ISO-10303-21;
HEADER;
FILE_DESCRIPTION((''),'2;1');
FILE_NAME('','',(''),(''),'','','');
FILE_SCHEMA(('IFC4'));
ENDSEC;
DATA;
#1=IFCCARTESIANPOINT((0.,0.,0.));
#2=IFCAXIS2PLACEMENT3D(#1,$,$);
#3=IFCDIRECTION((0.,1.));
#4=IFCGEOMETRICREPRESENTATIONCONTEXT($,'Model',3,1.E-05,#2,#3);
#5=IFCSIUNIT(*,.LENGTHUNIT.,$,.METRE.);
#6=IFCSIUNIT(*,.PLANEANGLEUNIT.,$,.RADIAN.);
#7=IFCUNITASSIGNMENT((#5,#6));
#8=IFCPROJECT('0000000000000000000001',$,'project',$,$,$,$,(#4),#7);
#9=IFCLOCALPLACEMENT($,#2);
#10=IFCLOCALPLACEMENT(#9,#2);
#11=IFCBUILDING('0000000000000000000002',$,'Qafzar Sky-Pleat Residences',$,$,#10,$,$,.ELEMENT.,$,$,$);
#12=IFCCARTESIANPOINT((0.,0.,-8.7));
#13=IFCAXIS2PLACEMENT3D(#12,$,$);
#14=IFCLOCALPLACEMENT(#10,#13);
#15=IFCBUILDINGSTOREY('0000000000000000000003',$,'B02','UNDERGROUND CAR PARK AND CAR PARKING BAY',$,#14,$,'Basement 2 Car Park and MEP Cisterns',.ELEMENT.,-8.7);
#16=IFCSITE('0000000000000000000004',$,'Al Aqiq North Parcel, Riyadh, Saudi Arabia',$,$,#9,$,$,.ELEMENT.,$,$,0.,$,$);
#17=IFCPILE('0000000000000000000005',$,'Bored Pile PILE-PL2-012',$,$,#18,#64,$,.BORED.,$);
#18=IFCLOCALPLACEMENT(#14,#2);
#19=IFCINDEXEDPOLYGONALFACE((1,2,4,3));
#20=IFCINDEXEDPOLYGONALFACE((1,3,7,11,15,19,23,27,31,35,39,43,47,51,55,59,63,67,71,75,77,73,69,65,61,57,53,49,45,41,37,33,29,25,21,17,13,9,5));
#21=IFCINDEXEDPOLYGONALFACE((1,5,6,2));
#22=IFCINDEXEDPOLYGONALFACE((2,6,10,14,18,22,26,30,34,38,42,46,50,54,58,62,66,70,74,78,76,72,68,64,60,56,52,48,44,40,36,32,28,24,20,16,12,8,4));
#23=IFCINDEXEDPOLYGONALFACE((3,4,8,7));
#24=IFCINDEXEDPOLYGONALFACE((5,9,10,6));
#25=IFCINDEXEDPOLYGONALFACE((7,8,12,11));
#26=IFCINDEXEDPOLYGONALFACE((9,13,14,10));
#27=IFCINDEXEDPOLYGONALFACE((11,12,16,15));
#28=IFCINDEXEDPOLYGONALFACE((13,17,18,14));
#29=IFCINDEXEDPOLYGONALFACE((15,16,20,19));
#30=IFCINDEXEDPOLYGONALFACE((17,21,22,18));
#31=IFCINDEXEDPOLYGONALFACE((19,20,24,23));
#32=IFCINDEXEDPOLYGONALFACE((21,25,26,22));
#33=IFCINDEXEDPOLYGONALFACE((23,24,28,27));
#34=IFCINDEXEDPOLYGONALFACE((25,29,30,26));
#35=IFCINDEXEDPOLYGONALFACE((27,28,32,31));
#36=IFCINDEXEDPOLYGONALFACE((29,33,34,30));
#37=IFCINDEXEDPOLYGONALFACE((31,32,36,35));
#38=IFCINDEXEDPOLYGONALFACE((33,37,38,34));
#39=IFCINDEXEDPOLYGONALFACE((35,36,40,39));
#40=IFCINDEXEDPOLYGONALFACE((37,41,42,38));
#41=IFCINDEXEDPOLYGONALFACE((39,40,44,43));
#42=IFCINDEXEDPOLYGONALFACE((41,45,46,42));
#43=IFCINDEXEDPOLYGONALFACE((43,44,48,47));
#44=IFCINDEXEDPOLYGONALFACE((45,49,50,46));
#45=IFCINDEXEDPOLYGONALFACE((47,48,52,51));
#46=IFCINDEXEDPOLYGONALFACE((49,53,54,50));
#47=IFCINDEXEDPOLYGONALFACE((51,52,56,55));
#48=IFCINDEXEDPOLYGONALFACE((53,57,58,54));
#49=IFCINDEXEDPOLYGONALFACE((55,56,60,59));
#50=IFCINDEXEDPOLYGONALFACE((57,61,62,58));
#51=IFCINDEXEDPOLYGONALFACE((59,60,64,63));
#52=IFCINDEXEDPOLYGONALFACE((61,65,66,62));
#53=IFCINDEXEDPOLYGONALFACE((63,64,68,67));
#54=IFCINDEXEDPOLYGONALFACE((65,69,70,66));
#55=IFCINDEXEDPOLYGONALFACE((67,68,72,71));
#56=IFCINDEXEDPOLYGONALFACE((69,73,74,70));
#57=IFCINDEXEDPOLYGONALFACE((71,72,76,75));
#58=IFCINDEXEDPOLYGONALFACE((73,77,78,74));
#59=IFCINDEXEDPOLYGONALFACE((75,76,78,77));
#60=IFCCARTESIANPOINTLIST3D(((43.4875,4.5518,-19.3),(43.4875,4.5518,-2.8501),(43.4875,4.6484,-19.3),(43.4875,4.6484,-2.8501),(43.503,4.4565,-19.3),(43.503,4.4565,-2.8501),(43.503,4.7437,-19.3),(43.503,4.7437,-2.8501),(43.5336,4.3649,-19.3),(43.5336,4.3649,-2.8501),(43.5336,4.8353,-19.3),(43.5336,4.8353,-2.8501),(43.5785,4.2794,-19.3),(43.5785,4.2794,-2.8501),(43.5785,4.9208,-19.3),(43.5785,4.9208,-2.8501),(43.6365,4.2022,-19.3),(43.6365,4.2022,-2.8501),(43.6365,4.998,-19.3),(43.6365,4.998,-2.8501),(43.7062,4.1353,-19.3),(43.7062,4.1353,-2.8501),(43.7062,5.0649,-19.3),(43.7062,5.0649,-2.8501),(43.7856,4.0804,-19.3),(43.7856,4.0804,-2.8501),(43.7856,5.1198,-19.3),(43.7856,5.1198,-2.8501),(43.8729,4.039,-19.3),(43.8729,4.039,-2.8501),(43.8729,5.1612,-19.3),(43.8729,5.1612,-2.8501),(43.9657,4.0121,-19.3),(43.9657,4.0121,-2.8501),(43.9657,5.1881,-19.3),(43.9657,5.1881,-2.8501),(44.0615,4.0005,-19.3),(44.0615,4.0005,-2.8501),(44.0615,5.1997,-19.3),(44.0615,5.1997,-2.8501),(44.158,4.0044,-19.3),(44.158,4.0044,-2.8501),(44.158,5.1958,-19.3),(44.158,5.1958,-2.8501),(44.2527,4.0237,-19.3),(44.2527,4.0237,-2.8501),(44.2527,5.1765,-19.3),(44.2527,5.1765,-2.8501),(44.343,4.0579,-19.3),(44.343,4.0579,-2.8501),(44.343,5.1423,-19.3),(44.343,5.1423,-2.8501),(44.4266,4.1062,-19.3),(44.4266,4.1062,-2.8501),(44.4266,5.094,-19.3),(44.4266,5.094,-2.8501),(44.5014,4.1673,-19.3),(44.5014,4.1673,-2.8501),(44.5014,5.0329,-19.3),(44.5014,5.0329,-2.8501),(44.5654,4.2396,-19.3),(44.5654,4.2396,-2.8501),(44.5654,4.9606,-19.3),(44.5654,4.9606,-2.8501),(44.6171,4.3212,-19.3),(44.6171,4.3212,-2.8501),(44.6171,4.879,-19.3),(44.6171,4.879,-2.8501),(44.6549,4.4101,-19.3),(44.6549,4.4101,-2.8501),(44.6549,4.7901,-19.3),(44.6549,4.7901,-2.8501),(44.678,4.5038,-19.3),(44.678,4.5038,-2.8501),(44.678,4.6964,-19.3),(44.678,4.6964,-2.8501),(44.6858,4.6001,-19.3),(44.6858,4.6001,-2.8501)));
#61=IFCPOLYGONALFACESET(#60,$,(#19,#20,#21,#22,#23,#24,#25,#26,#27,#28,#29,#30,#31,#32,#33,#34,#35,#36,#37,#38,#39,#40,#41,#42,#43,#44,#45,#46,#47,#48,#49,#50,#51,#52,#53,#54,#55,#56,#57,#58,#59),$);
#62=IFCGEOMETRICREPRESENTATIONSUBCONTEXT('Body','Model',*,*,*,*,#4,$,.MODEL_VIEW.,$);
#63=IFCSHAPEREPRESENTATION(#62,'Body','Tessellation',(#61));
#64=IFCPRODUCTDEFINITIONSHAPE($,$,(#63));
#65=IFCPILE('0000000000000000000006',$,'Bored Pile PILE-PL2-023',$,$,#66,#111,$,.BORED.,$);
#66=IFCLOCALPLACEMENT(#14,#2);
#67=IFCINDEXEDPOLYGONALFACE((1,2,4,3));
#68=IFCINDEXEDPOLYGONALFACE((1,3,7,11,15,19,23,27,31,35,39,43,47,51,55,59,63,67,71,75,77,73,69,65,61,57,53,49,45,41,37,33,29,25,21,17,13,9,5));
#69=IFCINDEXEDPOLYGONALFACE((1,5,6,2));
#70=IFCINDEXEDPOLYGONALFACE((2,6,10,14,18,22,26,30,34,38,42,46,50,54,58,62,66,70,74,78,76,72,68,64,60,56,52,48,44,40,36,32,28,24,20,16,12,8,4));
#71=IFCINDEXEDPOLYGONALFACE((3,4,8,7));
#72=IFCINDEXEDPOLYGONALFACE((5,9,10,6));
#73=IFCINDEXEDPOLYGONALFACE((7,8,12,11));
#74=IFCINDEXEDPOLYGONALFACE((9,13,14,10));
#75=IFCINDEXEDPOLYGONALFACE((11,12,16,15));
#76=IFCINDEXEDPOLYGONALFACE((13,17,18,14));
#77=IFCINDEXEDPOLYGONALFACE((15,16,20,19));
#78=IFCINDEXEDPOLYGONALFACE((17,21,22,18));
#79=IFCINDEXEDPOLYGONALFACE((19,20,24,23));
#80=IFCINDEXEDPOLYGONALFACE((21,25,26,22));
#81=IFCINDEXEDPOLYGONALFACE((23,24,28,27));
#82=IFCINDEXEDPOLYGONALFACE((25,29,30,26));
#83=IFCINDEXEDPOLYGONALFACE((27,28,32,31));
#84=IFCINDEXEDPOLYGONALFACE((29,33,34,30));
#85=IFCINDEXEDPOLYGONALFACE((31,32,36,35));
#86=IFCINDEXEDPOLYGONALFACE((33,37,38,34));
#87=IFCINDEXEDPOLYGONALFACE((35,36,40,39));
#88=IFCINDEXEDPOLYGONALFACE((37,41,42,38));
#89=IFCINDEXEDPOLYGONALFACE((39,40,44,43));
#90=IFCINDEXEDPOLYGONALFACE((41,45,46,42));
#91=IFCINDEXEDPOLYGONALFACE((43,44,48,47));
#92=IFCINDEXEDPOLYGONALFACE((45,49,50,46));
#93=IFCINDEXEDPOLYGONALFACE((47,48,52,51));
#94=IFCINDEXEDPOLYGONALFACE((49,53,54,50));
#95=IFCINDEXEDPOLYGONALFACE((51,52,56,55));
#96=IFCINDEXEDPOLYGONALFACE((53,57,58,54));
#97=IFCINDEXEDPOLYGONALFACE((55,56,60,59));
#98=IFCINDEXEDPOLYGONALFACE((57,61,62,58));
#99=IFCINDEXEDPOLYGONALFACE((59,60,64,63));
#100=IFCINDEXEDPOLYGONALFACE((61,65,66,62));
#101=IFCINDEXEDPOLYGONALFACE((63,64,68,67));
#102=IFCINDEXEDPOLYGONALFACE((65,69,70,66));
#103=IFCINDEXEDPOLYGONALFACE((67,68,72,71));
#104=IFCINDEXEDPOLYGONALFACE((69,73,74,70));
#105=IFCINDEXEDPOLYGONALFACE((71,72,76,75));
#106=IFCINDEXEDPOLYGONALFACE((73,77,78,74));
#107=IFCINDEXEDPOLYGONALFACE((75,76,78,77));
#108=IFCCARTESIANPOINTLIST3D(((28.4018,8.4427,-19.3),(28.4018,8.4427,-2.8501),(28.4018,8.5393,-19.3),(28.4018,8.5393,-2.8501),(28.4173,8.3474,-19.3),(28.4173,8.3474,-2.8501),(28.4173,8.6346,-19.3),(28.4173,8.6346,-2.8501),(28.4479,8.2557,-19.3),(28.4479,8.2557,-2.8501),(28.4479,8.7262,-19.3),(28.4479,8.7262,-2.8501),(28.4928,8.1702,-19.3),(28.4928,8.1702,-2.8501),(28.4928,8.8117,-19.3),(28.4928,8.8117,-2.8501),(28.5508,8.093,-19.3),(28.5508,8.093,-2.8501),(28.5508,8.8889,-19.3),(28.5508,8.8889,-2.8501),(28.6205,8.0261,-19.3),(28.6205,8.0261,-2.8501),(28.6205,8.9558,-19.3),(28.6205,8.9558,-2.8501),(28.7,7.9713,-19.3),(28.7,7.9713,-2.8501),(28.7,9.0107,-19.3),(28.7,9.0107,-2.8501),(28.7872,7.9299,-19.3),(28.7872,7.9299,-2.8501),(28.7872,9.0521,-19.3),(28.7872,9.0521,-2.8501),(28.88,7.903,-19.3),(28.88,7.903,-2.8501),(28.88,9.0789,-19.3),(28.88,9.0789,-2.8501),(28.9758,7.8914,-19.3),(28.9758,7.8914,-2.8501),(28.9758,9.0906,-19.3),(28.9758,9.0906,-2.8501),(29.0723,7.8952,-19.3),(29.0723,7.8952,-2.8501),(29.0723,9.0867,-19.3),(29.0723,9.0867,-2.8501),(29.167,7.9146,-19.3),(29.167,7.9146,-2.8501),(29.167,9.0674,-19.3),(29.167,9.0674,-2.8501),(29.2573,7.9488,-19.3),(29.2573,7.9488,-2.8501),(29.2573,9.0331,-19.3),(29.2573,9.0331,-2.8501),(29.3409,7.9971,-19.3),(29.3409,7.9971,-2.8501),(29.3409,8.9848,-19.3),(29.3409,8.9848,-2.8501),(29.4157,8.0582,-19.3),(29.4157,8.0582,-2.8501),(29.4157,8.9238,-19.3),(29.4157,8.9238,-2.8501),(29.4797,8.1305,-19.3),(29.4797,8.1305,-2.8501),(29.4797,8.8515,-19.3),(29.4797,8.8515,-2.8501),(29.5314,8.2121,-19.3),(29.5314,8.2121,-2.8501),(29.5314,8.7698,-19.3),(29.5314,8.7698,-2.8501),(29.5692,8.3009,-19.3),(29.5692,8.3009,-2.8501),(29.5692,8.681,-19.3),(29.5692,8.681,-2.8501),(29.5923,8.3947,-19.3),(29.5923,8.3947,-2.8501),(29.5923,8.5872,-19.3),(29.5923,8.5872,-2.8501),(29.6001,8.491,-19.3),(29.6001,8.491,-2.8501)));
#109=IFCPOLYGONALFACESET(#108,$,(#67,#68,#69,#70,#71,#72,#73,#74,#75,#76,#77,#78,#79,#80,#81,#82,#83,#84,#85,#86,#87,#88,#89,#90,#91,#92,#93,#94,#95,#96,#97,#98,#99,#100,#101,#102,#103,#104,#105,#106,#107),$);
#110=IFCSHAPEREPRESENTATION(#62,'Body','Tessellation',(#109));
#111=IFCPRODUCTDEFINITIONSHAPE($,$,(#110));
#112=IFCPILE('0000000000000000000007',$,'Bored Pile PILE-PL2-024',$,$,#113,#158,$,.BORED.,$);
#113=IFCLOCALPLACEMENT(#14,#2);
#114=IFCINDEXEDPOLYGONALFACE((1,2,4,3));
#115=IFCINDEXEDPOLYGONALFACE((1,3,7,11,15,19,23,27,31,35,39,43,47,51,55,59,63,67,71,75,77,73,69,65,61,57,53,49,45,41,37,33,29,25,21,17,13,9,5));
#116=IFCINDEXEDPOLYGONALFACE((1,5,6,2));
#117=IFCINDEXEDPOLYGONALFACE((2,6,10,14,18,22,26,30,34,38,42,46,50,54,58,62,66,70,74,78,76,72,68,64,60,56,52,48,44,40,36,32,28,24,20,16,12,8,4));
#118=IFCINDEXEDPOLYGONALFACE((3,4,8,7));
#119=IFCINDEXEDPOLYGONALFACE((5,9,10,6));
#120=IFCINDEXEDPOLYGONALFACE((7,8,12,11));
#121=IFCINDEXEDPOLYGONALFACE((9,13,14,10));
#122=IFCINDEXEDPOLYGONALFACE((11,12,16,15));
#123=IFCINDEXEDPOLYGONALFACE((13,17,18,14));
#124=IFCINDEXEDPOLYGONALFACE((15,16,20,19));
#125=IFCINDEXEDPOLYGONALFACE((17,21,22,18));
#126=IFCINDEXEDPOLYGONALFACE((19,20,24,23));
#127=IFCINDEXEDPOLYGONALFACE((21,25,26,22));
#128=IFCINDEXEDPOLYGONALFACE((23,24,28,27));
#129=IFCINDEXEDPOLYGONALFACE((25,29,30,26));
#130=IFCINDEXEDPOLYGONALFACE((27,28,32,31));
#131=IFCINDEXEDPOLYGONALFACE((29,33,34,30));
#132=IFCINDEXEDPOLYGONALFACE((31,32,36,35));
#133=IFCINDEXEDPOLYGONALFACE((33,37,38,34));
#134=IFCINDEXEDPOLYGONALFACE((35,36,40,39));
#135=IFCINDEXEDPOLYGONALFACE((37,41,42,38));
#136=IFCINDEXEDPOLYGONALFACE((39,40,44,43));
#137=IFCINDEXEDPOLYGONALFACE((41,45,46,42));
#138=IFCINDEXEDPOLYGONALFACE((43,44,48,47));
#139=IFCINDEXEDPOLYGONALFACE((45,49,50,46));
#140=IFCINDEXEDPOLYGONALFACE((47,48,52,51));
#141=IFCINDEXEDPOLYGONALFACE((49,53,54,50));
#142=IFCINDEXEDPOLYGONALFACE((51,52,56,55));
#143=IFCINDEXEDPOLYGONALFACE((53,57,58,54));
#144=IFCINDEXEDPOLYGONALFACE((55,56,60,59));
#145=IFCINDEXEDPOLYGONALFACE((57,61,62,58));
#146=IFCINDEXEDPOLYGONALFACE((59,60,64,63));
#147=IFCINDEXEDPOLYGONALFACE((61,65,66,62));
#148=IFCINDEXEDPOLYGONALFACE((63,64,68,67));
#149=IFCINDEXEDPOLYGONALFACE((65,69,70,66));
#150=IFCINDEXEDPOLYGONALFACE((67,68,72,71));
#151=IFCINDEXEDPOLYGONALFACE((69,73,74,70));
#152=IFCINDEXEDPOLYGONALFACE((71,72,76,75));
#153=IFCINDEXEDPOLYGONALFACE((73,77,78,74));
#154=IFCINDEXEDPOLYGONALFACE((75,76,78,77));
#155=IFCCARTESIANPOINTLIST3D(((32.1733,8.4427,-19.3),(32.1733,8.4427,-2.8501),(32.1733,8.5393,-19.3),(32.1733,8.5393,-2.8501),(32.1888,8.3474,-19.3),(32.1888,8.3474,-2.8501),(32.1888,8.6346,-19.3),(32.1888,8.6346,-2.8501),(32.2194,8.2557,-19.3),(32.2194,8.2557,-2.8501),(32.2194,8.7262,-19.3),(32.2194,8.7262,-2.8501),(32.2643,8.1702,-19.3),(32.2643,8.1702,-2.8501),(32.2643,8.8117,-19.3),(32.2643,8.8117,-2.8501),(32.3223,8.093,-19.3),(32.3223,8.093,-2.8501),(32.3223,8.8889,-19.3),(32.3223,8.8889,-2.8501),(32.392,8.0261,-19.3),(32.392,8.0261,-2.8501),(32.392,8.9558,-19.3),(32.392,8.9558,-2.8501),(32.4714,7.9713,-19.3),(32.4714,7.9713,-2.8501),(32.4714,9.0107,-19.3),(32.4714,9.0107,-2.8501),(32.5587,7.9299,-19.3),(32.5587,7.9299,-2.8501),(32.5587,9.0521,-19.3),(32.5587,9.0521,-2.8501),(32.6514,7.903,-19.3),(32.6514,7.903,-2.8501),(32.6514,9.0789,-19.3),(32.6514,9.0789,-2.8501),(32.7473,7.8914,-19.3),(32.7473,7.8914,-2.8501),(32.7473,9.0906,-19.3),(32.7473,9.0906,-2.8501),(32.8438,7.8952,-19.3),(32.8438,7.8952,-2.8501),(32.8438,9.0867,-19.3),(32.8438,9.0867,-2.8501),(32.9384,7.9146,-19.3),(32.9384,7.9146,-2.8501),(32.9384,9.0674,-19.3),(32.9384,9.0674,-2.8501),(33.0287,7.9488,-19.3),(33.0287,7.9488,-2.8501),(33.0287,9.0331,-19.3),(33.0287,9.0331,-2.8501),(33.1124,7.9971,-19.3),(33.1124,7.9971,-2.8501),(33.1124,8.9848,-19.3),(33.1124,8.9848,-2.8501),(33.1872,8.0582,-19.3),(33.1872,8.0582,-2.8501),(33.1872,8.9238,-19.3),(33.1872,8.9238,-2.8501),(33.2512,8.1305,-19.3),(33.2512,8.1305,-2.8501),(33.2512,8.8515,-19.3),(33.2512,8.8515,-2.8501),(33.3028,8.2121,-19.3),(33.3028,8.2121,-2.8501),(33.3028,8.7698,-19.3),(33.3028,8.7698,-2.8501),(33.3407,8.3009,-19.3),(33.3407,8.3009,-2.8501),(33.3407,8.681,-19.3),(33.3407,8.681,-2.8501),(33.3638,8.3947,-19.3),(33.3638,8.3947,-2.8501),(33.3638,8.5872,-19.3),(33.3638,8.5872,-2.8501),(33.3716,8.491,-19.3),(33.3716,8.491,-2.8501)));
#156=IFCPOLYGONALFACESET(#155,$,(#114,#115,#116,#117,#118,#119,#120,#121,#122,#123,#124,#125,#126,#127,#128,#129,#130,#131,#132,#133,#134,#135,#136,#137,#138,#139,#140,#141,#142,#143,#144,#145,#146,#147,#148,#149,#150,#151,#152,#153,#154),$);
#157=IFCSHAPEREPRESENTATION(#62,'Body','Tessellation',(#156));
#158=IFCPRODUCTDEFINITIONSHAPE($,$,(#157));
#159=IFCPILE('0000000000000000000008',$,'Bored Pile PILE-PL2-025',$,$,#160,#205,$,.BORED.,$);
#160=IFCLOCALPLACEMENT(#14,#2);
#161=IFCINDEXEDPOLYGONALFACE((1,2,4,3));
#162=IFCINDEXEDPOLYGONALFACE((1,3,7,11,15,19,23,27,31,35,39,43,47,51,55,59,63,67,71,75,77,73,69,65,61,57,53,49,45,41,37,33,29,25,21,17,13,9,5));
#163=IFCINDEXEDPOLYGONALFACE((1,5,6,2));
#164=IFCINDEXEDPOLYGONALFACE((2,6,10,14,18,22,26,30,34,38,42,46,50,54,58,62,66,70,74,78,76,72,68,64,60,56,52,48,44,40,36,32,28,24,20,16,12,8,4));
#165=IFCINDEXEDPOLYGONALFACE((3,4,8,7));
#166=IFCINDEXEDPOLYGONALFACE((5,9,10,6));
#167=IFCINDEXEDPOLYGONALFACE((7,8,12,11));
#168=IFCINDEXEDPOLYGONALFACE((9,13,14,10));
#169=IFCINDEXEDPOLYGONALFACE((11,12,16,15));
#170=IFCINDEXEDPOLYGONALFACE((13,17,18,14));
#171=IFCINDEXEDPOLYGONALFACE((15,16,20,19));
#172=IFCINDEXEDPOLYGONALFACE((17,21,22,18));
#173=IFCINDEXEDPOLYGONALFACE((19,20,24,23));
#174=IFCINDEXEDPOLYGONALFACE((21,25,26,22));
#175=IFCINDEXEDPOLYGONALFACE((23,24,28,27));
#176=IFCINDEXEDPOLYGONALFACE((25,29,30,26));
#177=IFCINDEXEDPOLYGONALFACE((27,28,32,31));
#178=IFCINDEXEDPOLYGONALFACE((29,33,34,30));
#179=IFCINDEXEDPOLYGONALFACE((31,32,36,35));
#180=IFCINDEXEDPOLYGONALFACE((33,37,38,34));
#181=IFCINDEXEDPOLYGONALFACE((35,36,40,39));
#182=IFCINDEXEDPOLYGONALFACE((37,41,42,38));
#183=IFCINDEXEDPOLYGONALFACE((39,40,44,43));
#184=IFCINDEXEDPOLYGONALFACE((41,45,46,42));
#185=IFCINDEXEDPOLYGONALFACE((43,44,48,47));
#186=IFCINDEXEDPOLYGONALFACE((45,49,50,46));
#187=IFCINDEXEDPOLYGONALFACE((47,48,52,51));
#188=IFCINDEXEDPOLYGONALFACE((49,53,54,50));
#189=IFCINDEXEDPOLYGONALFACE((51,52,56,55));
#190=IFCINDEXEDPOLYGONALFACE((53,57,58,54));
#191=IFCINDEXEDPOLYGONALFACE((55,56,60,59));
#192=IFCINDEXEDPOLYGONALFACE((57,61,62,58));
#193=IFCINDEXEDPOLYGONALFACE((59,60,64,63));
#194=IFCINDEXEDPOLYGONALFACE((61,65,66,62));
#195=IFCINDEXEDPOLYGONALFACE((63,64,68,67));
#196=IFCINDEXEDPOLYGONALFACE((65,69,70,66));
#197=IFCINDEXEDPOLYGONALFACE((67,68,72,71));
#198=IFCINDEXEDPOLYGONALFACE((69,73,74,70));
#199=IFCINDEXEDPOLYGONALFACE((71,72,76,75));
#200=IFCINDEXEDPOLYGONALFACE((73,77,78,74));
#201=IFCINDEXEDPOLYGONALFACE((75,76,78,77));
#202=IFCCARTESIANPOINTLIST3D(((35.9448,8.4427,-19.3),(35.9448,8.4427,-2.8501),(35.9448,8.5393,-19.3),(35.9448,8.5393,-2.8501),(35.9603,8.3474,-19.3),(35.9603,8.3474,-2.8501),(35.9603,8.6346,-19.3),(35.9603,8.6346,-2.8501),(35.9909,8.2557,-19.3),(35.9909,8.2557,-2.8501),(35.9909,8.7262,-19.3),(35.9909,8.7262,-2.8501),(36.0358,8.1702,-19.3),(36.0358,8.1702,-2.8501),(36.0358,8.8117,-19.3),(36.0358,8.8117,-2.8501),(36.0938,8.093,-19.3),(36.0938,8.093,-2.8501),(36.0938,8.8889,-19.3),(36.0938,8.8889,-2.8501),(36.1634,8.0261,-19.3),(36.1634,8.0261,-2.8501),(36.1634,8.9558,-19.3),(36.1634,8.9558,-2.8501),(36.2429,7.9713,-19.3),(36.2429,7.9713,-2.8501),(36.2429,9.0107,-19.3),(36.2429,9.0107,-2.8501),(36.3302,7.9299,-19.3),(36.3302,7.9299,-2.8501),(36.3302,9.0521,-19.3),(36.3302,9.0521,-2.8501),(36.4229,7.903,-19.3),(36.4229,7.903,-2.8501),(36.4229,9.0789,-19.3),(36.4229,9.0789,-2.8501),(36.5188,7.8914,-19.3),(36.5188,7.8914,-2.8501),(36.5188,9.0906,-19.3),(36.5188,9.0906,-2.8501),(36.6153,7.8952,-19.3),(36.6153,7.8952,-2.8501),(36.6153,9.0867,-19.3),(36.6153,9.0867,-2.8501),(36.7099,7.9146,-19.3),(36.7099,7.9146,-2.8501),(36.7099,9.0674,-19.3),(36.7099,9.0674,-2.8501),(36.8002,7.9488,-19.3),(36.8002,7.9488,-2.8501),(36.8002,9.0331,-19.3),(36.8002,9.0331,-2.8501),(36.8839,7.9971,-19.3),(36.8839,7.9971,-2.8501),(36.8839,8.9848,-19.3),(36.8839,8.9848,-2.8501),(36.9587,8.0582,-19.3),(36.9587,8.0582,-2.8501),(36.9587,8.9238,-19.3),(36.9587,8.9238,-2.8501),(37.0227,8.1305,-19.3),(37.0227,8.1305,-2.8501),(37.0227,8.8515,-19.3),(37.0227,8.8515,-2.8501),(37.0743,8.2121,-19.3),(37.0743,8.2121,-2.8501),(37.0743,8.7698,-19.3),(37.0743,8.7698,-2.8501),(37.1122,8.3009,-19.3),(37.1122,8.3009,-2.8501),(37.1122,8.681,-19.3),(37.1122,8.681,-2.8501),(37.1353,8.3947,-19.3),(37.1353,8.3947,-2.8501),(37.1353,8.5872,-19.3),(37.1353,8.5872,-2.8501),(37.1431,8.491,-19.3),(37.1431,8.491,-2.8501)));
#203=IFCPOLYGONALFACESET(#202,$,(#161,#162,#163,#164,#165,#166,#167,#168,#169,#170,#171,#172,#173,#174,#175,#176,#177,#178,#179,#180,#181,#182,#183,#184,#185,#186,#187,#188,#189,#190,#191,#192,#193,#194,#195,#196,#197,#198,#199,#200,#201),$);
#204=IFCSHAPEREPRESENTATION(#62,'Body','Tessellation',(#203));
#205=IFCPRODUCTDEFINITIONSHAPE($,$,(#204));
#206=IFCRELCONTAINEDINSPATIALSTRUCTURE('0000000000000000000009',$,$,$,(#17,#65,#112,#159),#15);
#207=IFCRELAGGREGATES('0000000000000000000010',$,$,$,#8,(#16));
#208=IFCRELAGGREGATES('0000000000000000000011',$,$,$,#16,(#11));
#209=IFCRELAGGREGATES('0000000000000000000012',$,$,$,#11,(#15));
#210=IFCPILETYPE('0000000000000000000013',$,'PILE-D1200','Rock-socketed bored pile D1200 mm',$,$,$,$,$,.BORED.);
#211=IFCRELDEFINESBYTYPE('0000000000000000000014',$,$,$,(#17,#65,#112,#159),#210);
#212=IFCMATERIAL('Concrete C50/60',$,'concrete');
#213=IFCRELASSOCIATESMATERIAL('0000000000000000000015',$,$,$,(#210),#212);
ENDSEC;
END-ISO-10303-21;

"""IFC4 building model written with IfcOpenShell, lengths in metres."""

from ifc_helpers import new_model, si_unit, direction, frame, origin, origin_2d, place, context, subcontext, project, spatial, circle, extrude, source, transform, mapped, material, material_profile, profile_set, type_object, element, save


model = new_model("IFC4")

# Units and contexts
model_context = context("Model", 3, precision=1e-05, world=origin(), true_north=direction((0.0, 1.0)))
body_context = subcontext(model_context, "Body", "Model", "MODEL_VIEW")
ifc_project = project(units=[si_unit("LENGTHUNIT", "METRE"), si_unit("PLANEANGLEUNIT", "RADIAN")], contexts=[model_context])

# Site, building, storey
site_placement = place(None, origin())
site = spatial("IfcSite", under=ifc_project, at=site_placement, Name="Al Aqiq North Parcel, Riyadh, Saudi Arabia", CompositionType="ELEMENT", RefElevation=0.0)
building_placement = place(site_placement, origin())
building = spatial("IfcBuilding", under=site, at=building_placement, Name="Qafzar Sky-Pleat Residences", CompositionType="ELEMENT")
storey_placement = place(building_placement, frame((0.0, 0.0, -8.7)))
storey = spatial("IfcBuildingStorey", under=building, at=storey_placement, Name="B02", Description="UNDERGROUND CAR PARK AND CAR PARKING BAY", LongName="Basement 2 Car Park and MEP Cisterns", CompositionType="ELEMENT", Elevation=-8.7)

# Piles
ifc_material_1 = material(Name="Concrete C50/60", Category="concrete")
ifc_material_profile_1 = material_profile(ifc_material_1, circle(Radius=0.6001, at=origin_2d()), Name="PILE D1200")
ifc_profile_set_1 = profile_set([ifc_material_profile_1], Name="Concrete C50/60")
pile_type_1 = type_object("IfcPileType", Name="PILE-D1200", Description="Rock-socketed bored pile D1200 mm", PredefinedType="BORED", material=ifc_profile_set_1)
shared_shape_1 = source(origin(), body_context, "Body", "SweptSolid", [
    extrude(circle(Radius=0.6001, at=origin_2d()), origin(), (0.0, 0.0, 1.0), 16.45),
])
for number, where, z_axis, x_axis, name in (
    (1, (44.0857, 4.6001, -2.8501), (0.0, 0.0, -1.0), (1.0, 0.0, 0.0), "Bored Pile PILE-PL2-012"),
    (2, (29.0, 8.491, -2.8501), (0.0, 0.0, -1.0), (1.0, 0.0, 0.0), "Bored Pile PILE-PL2-023"),
    (3, (32.7715, 8.491, -2.8501), (0.0, 0.0, -1.0), (1.0, 0.0, 0.0), "Bored Pile PILE-PL2-024"),
    (4, (36.543, 8.491, -2.8501), (0.0, 0.0, -1.0), (1.0, 0.0, 0.0), "Bored Pile PILE-PL2-025"),
):
    element("IfcPile", number, at=place(storey_placement, frame(where, z_axis=z_axis, x_axis=x_axis)), inside=storey, type_object=pile_type_1, Name=name, PredefinedType="BORED", context=body_context, shape_type="MappedRepresentation", body=[
        mapped(shared_shape_1, transform((0.0, 0.0, 0.0), x_axis=(1.0, 0.0, 0.0), y_axis=(0.0, 1.0, 0.0), z_axis=(0.0, 0.0, 1.0), scale=1.0)),
    ])

save(model, "model.ifc")
